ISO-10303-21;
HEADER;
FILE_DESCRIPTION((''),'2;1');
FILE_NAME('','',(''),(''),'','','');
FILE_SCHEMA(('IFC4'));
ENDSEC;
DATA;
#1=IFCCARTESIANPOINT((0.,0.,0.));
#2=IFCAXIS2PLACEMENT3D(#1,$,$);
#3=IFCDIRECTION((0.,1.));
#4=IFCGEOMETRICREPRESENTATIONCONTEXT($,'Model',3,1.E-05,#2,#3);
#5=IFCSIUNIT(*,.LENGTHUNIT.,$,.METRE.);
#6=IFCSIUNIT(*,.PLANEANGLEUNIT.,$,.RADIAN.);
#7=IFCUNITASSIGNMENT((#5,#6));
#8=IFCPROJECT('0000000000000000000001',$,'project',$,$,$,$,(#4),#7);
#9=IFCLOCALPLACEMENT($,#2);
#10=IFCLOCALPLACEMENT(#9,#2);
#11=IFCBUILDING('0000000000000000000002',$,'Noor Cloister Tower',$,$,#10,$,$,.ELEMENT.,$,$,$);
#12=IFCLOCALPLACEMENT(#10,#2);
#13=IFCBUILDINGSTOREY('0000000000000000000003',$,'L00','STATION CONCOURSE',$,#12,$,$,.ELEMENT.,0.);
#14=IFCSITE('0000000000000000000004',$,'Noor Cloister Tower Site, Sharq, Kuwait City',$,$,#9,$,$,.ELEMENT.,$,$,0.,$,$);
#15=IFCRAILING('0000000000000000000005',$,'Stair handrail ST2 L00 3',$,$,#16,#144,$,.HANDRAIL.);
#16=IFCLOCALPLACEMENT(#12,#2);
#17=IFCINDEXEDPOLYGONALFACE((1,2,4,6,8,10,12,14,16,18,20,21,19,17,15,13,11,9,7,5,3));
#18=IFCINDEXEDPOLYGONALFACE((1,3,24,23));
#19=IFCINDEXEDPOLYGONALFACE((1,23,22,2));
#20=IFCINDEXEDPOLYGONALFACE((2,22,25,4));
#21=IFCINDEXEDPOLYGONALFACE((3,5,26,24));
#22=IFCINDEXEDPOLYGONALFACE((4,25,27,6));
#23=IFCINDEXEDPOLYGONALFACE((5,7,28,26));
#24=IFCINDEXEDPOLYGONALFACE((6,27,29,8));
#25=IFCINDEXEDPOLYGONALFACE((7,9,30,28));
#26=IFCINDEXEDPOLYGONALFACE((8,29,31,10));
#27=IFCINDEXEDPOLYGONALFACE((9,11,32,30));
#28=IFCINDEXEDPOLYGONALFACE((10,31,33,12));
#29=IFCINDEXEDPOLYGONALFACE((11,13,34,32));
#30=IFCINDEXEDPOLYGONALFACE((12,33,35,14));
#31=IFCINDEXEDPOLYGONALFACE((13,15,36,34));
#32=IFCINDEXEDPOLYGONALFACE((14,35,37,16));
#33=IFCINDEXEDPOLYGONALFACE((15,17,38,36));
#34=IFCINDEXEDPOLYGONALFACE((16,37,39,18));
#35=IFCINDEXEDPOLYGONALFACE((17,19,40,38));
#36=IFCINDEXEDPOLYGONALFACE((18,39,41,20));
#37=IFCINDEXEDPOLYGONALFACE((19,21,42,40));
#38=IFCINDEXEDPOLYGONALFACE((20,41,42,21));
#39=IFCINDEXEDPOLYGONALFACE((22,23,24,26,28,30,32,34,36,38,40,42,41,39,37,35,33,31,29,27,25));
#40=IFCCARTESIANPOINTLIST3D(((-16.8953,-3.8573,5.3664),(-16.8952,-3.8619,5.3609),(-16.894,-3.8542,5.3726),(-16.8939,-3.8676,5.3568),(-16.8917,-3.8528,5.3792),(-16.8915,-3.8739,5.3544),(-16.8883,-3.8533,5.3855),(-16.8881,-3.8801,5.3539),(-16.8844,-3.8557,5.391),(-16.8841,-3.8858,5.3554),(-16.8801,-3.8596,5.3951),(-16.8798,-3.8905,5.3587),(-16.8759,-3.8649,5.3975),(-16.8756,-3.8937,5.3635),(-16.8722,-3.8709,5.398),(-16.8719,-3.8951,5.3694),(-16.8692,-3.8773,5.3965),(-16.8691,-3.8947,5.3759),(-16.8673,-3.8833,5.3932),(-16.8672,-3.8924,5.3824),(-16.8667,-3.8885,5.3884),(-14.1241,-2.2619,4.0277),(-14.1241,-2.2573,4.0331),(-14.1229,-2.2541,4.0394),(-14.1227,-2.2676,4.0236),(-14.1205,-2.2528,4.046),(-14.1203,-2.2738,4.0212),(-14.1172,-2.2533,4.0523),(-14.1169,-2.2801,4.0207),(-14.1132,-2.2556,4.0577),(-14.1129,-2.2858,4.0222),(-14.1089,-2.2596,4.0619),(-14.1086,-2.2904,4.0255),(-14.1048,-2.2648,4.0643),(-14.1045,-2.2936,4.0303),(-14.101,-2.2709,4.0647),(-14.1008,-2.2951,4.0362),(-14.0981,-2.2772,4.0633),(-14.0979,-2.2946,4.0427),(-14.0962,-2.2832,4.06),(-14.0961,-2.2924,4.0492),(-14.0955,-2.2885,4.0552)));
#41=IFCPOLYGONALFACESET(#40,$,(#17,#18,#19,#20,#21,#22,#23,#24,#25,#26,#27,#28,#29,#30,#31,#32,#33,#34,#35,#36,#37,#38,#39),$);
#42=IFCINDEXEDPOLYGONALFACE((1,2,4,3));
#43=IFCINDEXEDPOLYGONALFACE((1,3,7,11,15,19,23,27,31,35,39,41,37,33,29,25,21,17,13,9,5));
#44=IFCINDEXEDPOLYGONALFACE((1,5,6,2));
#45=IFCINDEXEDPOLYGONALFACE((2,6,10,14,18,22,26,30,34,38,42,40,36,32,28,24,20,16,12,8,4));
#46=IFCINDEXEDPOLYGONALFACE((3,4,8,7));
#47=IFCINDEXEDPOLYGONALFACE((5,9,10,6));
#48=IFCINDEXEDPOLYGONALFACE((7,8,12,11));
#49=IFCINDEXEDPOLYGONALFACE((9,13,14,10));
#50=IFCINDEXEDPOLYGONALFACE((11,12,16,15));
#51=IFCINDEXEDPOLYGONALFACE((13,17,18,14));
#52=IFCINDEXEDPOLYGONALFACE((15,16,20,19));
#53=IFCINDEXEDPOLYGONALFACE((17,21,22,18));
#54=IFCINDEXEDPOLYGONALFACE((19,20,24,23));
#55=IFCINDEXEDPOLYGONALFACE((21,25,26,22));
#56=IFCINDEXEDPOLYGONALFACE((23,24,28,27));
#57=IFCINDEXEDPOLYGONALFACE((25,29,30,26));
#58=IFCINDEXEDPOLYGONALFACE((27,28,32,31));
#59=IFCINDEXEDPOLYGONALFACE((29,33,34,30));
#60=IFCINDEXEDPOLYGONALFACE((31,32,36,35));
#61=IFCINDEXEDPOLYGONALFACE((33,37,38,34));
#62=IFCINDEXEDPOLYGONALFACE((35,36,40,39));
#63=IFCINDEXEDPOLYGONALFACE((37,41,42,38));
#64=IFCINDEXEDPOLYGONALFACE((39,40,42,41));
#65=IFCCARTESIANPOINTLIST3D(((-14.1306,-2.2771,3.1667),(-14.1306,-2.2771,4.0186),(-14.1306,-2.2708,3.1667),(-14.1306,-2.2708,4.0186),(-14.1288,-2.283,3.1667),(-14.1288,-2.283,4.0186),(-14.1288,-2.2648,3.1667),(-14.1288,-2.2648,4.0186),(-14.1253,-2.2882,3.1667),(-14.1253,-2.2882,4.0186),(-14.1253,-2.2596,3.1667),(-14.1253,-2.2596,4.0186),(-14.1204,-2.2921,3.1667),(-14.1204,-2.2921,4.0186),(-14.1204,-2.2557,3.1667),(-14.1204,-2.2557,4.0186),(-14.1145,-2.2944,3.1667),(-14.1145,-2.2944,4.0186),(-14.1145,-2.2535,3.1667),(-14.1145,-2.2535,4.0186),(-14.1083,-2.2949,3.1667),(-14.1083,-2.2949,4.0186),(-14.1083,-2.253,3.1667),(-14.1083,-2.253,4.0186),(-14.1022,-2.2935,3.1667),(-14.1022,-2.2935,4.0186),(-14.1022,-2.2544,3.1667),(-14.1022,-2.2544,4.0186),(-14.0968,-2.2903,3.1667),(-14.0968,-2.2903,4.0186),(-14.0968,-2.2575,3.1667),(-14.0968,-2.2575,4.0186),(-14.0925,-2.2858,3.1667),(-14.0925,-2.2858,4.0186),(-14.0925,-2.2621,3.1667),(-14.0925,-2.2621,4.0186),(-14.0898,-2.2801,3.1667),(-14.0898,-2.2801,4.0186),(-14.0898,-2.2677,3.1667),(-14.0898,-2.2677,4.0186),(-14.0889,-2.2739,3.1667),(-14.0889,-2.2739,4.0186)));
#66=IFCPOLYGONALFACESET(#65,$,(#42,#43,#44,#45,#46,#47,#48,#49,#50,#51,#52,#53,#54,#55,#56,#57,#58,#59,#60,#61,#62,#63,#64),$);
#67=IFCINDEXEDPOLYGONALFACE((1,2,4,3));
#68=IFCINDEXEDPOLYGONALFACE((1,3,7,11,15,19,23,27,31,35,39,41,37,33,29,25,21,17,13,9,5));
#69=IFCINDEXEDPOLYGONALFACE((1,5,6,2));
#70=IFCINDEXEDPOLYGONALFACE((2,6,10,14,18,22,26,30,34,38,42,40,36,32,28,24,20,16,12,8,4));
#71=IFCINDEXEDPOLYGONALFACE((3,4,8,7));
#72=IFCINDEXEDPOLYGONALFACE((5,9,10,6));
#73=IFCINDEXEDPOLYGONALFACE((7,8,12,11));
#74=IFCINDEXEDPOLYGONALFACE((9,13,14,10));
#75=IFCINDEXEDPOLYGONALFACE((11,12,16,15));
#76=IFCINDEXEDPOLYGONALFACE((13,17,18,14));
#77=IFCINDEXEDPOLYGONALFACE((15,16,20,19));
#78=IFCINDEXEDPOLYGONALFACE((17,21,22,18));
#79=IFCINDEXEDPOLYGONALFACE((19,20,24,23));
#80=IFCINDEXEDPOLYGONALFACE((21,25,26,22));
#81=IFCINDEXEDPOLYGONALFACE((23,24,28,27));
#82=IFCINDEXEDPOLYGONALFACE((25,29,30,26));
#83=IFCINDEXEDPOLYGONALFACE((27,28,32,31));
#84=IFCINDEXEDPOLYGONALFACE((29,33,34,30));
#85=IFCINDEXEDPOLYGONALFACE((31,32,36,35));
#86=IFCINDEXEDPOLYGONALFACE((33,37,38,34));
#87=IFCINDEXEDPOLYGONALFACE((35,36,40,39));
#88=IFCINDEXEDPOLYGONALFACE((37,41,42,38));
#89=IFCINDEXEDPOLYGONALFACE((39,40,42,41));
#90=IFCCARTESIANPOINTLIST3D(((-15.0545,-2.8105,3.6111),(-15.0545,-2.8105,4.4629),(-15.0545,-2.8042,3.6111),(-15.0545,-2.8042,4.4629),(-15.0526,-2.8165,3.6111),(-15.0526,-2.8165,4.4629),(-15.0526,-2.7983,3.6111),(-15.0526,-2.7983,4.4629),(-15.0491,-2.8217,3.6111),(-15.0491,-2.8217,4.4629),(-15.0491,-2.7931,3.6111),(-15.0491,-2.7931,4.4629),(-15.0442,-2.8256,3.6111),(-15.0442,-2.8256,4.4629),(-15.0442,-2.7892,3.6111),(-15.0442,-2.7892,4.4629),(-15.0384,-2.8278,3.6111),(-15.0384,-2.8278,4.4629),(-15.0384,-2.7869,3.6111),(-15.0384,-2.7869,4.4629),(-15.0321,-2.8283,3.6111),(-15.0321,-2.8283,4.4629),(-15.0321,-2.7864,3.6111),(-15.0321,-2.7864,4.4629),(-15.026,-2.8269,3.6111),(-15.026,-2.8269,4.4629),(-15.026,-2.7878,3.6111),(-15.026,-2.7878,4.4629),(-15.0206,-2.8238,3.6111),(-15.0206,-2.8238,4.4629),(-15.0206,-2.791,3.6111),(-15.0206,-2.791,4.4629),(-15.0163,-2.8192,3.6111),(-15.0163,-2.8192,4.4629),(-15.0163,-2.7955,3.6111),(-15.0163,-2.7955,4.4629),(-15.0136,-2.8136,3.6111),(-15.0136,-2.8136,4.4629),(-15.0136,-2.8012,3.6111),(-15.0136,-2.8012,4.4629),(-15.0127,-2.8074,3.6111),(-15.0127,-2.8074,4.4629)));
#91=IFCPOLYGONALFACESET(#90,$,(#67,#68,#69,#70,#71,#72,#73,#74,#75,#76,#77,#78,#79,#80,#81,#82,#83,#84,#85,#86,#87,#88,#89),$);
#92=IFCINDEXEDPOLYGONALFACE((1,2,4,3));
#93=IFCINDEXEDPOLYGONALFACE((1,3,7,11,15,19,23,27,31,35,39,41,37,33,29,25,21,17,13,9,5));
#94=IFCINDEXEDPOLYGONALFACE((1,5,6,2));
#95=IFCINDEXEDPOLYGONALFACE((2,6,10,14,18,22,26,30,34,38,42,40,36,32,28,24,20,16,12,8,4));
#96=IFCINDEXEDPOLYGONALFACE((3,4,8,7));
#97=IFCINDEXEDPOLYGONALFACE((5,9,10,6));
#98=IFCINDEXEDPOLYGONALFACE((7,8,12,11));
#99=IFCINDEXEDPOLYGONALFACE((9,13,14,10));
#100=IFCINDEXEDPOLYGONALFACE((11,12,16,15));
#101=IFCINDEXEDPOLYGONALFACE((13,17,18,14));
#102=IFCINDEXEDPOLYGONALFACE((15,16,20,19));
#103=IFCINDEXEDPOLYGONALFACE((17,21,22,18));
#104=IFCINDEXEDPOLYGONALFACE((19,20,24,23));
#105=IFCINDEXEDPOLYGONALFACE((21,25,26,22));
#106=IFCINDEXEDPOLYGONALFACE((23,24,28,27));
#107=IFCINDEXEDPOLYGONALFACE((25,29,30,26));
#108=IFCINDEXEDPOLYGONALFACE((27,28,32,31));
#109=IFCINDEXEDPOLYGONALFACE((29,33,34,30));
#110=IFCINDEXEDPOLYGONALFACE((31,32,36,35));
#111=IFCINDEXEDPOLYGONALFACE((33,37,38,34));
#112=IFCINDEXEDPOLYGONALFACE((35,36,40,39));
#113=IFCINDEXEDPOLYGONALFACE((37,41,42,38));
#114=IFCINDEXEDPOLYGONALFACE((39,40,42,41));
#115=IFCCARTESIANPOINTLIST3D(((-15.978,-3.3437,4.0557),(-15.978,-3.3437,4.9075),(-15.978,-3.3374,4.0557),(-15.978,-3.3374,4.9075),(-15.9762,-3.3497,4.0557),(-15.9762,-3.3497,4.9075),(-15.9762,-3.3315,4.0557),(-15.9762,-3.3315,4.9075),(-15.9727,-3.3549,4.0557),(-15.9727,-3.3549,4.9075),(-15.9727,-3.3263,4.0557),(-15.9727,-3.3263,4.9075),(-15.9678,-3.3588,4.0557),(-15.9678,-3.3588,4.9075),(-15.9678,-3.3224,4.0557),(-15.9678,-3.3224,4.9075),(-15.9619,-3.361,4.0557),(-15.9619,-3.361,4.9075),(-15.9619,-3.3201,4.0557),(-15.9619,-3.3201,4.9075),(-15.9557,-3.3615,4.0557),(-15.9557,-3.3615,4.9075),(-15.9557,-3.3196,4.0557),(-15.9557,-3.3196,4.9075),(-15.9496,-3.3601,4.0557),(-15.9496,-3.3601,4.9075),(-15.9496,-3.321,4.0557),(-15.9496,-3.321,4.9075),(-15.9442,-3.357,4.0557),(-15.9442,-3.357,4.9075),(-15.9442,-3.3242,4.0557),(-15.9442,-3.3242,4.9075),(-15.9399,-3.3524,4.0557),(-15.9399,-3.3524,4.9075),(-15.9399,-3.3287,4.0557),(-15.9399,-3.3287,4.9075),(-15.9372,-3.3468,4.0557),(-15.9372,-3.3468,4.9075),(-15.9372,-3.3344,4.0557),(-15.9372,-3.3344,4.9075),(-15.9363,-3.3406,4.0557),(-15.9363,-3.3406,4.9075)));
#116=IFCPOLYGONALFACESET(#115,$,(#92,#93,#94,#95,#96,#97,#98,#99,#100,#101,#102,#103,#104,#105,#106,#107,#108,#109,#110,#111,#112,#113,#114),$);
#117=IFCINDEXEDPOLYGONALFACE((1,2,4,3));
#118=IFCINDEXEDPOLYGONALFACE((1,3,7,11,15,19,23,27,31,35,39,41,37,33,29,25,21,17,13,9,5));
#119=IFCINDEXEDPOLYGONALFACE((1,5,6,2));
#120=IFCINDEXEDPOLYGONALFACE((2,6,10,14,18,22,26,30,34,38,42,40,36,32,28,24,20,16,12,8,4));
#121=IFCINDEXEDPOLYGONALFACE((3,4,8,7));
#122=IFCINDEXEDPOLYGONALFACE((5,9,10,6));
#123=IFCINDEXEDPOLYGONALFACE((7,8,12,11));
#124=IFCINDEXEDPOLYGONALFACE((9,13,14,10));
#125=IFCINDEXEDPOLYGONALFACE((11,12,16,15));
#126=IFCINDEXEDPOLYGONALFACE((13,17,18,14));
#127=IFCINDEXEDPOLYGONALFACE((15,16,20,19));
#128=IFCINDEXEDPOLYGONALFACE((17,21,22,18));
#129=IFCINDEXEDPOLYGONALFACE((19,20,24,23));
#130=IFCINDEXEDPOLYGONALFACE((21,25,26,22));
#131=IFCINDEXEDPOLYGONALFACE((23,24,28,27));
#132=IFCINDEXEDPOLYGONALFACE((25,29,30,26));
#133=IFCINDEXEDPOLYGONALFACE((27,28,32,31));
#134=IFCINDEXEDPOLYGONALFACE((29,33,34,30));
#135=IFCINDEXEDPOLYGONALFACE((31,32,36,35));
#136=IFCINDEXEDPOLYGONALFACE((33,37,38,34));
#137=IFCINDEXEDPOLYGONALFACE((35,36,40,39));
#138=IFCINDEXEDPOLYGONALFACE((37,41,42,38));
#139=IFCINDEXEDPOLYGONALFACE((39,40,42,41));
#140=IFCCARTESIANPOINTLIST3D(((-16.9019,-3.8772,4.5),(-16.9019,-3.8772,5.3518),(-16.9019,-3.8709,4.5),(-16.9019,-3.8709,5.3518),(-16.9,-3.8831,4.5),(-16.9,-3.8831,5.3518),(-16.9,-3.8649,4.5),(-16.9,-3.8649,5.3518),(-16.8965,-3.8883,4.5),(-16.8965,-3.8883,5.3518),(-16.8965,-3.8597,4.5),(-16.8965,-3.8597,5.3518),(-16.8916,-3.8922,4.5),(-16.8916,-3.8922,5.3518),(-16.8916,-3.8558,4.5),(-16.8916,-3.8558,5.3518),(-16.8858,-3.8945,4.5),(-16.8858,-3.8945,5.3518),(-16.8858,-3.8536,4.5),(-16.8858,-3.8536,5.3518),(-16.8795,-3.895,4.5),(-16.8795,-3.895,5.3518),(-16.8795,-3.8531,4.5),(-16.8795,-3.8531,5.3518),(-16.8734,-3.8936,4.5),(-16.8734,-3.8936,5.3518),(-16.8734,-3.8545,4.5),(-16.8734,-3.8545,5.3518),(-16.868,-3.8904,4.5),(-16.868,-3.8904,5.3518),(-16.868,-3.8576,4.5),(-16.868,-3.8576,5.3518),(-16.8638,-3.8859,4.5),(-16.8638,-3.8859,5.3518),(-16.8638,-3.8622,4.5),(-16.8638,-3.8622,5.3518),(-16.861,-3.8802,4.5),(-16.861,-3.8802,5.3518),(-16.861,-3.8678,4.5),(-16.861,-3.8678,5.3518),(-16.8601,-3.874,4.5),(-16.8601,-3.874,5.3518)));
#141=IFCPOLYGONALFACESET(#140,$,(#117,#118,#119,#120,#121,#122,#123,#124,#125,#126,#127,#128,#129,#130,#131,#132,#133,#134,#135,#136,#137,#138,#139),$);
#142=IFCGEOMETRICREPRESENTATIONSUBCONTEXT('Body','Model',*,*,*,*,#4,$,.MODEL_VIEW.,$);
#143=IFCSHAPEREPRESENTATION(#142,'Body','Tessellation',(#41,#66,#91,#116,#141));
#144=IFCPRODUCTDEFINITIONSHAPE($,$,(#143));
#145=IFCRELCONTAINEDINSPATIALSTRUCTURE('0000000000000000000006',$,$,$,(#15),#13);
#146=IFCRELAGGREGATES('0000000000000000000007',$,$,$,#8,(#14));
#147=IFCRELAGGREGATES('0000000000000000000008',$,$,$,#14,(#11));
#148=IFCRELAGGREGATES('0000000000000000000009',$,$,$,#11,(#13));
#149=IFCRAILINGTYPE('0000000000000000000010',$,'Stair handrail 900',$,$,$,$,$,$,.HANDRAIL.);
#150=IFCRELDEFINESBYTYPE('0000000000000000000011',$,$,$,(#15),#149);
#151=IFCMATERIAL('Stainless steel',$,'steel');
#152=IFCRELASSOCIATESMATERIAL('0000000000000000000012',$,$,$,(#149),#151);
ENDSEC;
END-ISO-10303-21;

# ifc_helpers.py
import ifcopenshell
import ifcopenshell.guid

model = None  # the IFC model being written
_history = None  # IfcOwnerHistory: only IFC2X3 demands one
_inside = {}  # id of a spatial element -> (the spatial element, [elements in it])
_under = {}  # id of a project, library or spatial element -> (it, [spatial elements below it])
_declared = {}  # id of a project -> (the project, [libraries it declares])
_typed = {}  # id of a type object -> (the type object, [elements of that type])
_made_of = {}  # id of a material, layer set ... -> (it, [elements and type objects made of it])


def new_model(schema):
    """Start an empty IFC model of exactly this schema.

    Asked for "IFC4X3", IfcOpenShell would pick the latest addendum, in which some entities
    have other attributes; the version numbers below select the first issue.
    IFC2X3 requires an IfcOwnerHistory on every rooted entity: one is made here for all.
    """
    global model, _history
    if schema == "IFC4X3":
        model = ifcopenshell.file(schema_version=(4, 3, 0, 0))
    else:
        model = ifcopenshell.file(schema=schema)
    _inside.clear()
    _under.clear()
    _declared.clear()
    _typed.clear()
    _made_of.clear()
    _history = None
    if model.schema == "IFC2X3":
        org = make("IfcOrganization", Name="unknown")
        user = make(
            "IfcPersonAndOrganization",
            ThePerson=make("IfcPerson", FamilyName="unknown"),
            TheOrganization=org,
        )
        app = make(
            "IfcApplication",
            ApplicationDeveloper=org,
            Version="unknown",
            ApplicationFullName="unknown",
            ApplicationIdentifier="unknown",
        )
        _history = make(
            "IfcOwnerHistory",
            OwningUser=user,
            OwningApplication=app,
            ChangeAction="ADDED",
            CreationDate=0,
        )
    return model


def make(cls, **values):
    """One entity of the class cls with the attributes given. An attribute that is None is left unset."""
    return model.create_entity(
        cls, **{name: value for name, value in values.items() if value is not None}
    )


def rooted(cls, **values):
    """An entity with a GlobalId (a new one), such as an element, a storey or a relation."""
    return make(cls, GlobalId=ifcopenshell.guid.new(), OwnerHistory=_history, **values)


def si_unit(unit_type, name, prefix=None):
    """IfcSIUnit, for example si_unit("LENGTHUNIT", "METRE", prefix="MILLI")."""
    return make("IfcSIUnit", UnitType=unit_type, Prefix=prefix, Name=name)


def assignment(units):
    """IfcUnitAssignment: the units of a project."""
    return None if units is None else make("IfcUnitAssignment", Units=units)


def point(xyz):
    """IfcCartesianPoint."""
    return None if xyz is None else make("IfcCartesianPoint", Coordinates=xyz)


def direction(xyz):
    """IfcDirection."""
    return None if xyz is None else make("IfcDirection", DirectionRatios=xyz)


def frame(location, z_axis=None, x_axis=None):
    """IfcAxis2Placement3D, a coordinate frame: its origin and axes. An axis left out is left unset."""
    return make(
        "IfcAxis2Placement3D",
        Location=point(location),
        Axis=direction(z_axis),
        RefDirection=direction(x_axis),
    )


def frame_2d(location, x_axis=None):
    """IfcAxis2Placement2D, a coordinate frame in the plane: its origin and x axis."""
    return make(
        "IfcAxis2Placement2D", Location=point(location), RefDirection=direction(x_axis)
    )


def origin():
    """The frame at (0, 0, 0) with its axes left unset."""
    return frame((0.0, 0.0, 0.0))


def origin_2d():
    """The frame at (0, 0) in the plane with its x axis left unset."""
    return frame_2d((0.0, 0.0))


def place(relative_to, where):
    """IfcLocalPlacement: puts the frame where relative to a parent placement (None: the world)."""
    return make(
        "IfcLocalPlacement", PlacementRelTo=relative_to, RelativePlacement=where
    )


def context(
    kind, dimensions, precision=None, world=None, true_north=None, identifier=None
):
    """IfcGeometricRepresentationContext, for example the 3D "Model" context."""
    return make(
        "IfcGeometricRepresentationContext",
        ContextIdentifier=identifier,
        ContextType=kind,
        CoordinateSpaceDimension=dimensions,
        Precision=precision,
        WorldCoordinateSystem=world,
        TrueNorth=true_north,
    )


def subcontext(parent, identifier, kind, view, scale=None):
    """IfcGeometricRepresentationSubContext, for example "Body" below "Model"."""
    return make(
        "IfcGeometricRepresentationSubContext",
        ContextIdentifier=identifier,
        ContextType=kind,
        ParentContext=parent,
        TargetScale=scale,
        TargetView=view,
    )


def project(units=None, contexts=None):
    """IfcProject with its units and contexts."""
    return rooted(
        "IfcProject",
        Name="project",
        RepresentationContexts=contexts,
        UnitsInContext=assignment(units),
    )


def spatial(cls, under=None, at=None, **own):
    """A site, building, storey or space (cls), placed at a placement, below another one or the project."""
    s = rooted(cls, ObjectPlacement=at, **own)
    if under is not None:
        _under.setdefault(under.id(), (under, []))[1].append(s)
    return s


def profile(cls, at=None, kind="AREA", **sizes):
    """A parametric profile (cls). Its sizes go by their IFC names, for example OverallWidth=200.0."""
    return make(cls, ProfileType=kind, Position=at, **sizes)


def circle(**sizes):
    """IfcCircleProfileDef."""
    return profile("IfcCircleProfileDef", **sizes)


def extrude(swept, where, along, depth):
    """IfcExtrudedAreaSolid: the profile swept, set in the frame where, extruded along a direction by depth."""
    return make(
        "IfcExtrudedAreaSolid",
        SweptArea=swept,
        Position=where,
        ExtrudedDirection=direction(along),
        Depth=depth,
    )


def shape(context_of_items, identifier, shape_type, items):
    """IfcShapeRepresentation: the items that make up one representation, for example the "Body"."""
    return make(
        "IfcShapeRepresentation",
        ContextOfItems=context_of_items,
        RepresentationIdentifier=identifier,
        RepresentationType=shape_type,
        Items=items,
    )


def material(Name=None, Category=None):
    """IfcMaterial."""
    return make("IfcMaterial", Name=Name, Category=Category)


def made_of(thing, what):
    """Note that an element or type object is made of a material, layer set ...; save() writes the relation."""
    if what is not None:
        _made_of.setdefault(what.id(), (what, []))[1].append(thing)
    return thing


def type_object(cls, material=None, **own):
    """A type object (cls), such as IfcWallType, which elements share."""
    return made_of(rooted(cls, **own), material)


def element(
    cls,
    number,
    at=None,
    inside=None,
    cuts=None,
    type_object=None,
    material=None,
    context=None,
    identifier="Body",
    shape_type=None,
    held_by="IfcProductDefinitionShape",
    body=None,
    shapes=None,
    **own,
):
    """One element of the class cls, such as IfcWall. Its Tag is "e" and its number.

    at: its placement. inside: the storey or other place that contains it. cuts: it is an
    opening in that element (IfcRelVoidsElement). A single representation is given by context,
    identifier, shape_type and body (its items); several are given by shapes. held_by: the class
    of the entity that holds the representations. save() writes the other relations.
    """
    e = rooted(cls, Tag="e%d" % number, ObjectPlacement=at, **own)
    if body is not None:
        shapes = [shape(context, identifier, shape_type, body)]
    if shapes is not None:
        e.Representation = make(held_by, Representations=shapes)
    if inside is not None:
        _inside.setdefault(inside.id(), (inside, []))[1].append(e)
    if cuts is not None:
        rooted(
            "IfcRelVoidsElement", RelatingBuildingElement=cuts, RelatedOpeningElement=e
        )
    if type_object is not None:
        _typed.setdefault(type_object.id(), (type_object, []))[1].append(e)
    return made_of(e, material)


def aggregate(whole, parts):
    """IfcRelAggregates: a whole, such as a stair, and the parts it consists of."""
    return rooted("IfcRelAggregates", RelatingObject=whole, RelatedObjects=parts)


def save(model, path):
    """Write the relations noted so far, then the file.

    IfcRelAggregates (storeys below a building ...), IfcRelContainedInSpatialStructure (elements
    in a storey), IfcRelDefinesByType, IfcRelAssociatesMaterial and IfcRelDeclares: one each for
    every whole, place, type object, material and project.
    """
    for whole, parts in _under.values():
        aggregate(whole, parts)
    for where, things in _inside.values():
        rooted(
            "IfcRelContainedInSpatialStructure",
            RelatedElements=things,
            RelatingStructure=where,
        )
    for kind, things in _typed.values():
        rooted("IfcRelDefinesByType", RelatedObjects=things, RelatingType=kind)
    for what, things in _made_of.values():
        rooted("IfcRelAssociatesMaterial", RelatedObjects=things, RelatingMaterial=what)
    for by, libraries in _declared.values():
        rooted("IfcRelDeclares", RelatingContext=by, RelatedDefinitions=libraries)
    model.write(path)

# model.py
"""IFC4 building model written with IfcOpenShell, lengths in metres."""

from ifc_helpers import new_model, si_unit, direction, frame, origin, origin_2d, place, context, subcontext, project, spatial, circle, extrude, material, type_object, element, save


model = new_model("IFC4")

# Units and contexts
model_context = context("Model", 3, precision=1e-05, world=origin(), true_north=direction((0.0, 1.0)))
body_context = subcontext(model_context, "Body", "Model", "MODEL_VIEW")
ifc_project = project(units=[si_unit("LENGTHUNIT", "METRE"), si_unit("PLANEANGLEUNIT", "RADIAN")], contexts=[model_context])

# Site, building, storey
site_placement = place(None, origin())
site = spatial("IfcSite", under=ifc_project, at=site_placement, Name="Noor Cloister Tower Site, Sharq, Kuwait City", CompositionType="ELEMENT", RefElevation=0.0)
building_placement = place(site_placement, origin())
building = spatial("IfcBuilding", under=site, at=building_placement, Name="Noor Cloister Tower", CompositionType="ELEMENT")
storey_placement = place(building_placement, origin())
storey = spatial("IfcBuildingStorey", under=building, at=storey_placement, Name="L00", Description="STATION CONCOURSE", CompositionType="ELEMENT", Elevation=0.0)

# Railing
ifc_material_1 = material(Name="Stainless steel", Category="steel")
railing_type = type_object("IfcRailingType", Name="Stair handrail 900", PredefinedType="HANDRAIL", material=ifc_material_1)
railing_1_placement = place(storey_placement, frame((-14.1099, -2.2739, 3.1667)))
element("IfcRailing", 1, at=railing_1_placement, inside=storey, type_object=railing_type, Name="Stair handrail ST2 L00 3", PredefinedType="HANDRAIL", context=body_context, shape_type="SweptSolid", body=[
    extrude(circle(Radius=0.0239, at=origin_2d()), frame((0.0, 0.0, 0.876), z_axis=(-0.799401, -0.461569, 0.384594), x_axis=(0.500028, -0.866009, 0.0)), (0.0, 0.0, 1.0), 3.4666),
    extrude(circle(Radius=0.021, at=origin_2d()), origin(), (0.0, 0.0, 1.0), 0.8518),
    extrude(circle(Radius=0.021, at=origin_2d()), frame((-0.9238, -0.5334, 0.4443)), (0.0, 0.0, 1.0), 0.8518),
    extrude(circle(Radius=0.021, at=origin_2d()), frame((-1.8474, -1.0667, 0.8889)), (0.0, 0.0, 1.0), 0.8518),
    extrude(circle(Radius=0.021, at=origin_2d()), frame((-2.7712, -1.6001, 1.3333)), (0.0, 0.0, 1.0), 0.8518),
])

save(model, "model.ifc")
